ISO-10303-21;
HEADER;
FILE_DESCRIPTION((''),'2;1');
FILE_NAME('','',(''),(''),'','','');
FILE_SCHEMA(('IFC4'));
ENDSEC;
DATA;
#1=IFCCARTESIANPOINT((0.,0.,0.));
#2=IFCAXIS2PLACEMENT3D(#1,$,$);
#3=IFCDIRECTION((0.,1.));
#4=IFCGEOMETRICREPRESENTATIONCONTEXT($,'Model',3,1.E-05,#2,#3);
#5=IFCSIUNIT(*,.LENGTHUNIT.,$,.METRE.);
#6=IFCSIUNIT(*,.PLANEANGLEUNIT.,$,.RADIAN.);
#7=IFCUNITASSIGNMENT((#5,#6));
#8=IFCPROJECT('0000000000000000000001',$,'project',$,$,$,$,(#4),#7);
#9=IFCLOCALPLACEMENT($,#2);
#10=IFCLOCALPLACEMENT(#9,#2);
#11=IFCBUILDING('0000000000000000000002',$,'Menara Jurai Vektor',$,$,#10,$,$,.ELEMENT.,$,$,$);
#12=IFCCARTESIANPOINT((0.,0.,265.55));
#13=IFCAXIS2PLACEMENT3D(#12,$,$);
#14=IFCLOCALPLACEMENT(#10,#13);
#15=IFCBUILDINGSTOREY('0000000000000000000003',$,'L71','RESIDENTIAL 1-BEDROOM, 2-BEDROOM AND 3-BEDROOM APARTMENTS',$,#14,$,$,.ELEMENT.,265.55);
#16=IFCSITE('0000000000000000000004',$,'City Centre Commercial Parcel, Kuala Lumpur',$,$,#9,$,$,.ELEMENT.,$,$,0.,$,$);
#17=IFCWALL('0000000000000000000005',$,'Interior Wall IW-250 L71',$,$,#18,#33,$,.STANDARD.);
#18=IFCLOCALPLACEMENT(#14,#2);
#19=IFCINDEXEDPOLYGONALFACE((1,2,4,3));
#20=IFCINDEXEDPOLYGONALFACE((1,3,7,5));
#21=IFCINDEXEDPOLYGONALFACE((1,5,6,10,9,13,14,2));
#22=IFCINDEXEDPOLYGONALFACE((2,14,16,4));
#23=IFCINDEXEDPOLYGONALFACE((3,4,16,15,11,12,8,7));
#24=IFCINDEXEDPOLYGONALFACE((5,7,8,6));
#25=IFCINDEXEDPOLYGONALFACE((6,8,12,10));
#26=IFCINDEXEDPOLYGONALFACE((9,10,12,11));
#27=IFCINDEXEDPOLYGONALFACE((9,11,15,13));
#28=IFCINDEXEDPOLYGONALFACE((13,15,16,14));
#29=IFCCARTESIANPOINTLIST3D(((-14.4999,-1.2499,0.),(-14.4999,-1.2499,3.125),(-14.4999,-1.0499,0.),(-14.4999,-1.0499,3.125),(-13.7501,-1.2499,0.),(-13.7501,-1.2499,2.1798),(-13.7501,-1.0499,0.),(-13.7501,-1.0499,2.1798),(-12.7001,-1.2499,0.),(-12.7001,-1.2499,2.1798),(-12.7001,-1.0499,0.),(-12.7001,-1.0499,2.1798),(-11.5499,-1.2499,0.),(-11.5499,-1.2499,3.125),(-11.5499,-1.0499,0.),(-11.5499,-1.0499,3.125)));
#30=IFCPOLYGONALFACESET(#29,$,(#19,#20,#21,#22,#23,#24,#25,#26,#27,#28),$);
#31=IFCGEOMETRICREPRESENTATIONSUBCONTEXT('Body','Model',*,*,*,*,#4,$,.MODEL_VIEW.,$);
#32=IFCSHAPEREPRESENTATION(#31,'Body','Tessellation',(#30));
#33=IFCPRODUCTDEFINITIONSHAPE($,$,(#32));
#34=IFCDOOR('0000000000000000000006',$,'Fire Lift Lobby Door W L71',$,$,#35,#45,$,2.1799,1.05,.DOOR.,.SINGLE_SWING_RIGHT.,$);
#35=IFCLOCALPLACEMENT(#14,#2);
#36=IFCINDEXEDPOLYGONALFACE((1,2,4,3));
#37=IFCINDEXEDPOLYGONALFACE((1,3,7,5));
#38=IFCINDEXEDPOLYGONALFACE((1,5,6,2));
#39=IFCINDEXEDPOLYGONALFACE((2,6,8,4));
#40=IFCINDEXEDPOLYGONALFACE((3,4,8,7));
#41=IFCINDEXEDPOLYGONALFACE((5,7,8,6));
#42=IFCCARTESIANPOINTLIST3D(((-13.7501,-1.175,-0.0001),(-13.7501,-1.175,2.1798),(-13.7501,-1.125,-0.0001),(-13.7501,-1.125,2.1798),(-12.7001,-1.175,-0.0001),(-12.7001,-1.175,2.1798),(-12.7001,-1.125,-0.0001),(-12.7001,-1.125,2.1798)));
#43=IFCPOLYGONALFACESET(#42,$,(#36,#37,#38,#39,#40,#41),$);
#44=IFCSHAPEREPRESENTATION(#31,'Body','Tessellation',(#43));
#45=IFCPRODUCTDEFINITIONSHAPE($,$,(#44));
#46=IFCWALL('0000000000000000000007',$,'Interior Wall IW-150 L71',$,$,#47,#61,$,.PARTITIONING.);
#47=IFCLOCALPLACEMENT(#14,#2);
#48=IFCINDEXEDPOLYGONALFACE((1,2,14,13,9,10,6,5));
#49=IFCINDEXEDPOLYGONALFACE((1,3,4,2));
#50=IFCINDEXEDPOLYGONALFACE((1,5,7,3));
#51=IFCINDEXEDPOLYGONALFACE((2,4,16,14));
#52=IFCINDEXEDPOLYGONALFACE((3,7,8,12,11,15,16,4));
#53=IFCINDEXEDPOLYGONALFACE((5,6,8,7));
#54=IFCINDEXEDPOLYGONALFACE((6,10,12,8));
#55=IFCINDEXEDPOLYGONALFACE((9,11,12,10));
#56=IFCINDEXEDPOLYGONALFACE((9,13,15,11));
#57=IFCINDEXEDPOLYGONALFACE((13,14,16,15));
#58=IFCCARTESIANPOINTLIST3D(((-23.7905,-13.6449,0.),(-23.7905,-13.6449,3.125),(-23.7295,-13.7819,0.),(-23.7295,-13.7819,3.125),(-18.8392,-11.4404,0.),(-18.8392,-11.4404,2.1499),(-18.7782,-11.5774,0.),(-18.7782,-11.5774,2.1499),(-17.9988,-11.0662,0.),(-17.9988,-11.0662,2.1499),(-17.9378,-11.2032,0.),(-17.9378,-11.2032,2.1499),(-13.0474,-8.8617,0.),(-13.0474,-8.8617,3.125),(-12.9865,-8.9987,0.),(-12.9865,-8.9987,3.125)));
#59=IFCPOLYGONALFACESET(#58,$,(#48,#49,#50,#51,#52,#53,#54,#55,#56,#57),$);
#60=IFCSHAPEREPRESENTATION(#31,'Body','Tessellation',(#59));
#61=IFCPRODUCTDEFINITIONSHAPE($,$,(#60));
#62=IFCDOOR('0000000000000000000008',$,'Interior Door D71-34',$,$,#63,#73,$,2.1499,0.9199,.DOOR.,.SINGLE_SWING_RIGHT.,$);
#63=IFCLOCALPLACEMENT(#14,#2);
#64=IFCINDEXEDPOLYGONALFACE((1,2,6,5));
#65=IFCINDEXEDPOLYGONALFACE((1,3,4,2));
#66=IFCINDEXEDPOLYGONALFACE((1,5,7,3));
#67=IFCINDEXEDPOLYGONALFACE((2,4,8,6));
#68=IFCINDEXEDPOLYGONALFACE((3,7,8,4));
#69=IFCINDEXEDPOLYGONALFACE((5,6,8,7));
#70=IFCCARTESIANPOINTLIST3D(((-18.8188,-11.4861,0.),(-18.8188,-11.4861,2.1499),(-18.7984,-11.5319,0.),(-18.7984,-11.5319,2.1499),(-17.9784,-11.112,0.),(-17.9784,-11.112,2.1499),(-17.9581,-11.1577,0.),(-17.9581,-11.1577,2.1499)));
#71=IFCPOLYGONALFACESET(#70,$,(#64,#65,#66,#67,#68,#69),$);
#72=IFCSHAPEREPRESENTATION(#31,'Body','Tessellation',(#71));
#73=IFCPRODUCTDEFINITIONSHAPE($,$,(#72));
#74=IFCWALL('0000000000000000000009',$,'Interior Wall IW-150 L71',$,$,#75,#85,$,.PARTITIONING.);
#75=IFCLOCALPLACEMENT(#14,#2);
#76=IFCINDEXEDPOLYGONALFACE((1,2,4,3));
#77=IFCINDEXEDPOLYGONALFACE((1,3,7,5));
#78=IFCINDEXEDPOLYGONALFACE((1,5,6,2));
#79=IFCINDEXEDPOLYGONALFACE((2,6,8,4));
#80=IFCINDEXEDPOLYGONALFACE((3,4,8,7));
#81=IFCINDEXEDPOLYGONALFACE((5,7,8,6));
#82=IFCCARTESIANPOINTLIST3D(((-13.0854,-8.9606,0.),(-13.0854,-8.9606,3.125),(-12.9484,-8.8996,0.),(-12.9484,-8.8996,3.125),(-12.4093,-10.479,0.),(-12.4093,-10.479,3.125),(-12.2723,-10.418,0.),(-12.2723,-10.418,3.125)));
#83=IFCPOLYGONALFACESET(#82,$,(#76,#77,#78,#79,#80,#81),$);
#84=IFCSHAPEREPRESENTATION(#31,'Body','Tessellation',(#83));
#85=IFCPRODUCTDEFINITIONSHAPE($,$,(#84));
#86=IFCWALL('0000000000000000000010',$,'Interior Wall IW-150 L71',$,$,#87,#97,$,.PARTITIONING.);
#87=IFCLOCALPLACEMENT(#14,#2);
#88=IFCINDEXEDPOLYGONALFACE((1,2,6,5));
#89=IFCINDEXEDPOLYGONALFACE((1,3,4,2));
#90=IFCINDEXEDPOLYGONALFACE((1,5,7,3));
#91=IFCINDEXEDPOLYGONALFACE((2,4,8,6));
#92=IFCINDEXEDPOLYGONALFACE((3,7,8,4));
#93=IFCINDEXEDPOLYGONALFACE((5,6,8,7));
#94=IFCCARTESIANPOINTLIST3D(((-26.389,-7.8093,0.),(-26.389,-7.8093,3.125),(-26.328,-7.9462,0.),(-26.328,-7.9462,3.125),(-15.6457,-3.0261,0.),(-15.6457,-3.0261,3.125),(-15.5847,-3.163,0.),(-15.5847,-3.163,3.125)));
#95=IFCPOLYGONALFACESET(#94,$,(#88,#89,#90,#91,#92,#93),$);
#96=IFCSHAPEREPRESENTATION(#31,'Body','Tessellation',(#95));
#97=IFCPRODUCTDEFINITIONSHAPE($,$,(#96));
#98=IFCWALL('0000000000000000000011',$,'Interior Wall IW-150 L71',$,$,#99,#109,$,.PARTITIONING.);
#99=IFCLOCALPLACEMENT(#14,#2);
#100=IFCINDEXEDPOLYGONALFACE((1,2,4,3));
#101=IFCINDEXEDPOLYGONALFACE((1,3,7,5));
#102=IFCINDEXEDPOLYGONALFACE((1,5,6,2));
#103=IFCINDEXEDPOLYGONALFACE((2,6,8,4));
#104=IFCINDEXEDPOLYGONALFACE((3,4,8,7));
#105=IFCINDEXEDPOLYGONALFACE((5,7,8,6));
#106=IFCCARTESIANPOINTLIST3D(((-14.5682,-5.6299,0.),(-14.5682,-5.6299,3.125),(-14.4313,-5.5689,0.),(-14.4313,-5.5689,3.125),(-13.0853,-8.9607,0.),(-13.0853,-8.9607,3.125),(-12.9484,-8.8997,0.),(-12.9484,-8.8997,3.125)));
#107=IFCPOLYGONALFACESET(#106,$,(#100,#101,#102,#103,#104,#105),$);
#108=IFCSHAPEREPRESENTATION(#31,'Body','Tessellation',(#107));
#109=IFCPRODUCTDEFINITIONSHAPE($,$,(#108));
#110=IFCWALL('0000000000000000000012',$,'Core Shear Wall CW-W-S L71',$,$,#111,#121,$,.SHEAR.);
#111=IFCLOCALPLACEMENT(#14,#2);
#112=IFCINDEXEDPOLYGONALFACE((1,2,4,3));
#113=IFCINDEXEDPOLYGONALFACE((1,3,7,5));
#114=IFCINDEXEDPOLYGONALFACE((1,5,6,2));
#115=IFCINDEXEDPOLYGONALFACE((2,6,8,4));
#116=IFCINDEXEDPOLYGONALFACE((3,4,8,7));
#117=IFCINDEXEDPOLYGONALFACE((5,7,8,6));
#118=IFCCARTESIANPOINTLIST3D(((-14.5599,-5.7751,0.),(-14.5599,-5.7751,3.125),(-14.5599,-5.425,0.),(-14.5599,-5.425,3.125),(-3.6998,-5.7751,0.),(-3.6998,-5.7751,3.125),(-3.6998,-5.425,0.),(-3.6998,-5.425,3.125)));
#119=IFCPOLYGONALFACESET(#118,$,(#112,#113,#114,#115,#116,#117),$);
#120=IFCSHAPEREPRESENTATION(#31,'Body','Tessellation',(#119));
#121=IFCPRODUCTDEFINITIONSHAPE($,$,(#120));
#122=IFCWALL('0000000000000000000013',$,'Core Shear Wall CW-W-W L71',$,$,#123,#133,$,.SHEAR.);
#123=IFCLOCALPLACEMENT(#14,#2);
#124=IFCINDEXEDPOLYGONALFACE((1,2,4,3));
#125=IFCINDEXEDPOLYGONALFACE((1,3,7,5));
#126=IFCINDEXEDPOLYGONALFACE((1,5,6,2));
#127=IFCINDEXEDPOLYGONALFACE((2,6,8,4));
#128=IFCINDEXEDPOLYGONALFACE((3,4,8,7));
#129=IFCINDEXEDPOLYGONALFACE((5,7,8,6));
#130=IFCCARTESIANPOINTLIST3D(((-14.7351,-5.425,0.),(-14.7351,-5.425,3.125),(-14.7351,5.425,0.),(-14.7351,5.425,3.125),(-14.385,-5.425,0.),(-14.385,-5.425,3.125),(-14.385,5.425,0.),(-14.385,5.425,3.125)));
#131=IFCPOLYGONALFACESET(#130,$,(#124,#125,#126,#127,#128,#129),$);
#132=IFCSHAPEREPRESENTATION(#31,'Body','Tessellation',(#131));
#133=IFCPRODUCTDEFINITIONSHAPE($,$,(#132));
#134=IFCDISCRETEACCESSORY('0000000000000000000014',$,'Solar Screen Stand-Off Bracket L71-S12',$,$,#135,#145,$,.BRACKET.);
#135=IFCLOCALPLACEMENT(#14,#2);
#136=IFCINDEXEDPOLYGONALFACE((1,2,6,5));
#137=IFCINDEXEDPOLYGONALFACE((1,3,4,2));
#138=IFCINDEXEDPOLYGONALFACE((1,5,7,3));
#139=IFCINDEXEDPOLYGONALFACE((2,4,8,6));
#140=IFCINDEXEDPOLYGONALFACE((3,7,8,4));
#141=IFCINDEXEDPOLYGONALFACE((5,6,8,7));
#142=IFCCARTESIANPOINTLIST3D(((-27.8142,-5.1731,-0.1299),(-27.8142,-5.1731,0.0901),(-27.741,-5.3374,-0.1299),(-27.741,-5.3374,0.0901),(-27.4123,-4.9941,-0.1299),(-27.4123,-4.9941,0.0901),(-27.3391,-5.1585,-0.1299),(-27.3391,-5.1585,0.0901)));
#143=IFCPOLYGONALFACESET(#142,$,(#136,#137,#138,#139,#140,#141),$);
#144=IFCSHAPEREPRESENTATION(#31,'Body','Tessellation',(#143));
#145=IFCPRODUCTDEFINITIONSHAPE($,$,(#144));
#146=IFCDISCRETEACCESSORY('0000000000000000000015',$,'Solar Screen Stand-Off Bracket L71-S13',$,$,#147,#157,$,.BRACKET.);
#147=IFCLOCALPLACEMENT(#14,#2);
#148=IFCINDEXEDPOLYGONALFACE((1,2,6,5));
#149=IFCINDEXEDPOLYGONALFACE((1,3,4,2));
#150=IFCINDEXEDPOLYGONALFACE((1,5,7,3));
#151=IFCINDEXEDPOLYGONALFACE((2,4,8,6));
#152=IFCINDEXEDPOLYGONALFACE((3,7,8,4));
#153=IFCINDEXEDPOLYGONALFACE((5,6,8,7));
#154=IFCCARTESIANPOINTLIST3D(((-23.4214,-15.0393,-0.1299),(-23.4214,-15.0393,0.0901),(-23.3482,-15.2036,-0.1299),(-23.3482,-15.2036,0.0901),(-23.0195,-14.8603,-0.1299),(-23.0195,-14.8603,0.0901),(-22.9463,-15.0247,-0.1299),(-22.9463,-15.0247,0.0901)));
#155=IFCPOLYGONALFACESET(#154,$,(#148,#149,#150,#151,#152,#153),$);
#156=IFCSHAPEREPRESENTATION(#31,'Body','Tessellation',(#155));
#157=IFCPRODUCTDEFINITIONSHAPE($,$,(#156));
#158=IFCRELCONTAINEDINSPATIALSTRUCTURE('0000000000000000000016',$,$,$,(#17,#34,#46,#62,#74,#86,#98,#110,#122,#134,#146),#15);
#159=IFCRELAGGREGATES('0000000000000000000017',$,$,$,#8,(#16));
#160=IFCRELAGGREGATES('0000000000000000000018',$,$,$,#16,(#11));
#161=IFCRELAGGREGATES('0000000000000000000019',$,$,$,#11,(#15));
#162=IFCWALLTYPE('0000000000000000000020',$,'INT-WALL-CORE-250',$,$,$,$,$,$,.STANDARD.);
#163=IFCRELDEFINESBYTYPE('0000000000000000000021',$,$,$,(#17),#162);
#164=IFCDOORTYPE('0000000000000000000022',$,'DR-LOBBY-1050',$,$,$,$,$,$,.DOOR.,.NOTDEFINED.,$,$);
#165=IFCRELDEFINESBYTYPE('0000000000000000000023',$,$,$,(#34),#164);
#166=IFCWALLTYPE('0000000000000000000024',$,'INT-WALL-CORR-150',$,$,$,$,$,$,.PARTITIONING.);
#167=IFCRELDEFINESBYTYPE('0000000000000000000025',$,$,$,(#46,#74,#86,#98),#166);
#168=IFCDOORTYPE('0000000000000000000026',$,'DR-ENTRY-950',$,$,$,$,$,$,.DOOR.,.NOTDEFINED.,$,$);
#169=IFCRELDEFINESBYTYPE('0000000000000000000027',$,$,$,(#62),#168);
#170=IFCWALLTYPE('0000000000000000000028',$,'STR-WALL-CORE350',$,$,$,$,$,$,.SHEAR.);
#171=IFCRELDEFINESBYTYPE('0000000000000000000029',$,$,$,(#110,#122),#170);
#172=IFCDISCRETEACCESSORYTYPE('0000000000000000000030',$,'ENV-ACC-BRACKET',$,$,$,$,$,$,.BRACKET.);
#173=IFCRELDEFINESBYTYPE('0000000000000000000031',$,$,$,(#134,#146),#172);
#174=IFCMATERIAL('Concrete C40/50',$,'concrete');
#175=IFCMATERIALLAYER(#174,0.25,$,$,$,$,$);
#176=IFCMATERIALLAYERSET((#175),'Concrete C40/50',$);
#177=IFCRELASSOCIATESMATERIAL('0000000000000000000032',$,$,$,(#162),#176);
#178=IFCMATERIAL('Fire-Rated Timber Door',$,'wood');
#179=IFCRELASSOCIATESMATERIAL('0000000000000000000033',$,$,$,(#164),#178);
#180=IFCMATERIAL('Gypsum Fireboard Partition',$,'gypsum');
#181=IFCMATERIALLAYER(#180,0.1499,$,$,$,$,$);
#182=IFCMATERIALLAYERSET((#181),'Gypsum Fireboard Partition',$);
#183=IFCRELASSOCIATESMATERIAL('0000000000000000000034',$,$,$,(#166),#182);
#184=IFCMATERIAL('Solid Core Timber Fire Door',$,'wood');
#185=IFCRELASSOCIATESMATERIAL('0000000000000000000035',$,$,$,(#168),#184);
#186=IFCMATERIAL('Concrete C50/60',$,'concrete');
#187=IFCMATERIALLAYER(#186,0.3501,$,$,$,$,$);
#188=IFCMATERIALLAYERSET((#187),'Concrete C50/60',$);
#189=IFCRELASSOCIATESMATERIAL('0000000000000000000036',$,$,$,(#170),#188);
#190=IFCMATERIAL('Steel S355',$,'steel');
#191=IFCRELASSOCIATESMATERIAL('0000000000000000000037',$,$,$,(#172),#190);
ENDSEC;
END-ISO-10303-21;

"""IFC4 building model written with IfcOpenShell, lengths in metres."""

from ifc_helpers import new_model, si_unit, direction, frame, frame_2d, origin, origin_2d, place, context, subcontext, project, spatial, rectangle, extrude, material, layer, layer_set, type_object, element, fill, save


model = new_model("IFC4")

# Units and contexts
model_context = context("Model", 3, precision=1e-05, world=origin(), true_north=direction((0.0, 1.0)))
body_context = subcontext(model_context, "Body", "Model", "MODEL_VIEW")
ifc_project = project(units=[si_unit("LENGTHUNIT", "METRE"), si_unit("PLANEANGLEUNIT", "RADIAN")], contexts=[model_context])

# Site, building, storey
site_placement = place(None, origin())
site = spatial("IfcSite", under=ifc_project, at=site_placement, Name="City Centre Commercial Parcel, Kuala Lumpur", CompositionType="ELEMENT", RefElevation=0.0)
building_placement = place(site_placement, origin())
building = spatial("IfcBuilding", under=site, at=building_placement, Name="Menara Jurai Vektor", CompositionType="ELEMENT")
storey_placement = place(building_placement, frame((0.0, 0.0, 265.55)))
storey = spatial("IfcBuildingStorey", under=building, at=storey_placement, Name="L71", Description="RESIDENTIAL 1-BEDROOM, 2-BEDROOM AND 3-BEDROOM APARTMENTS", CompositionType="ELEMENT", Elevation=265.55)

# Shared definitions
ifc_material_1 = material(Name="Concrete C50/60", Category="concrete")

# Shared definitions
ifc_material_2 = material(Name="Steel S355", Category="steel")

# Walls, openings, doors
ifc_material_3 = material(Name="Concrete C40/50", Category="concrete")
ifc_layer_1 = layer(ifc_material_3, 0.25)
ifc_layer_set_1 = layer_set([ifc_layer_1], Name="Concrete C40/50")
wall_type_1 = type_object("IfcWallType", Name="INT-WALL-CORE-250", PredefinedType="STANDARD", material=ifc_layer_set_1)
wall_1_placement = place(storey_placement, frame((-14.5, -1.1499, 0.0), z_axis=(0.0, 0.0, 1.0), x_axis=(1.0, 0.0, 0.0)))
wall_1 = element("IfcWall", 1, at=wall_1_placement, inside=storey, type_object=wall_type_1, Name="Interior Wall IW-250 L71", PredefinedType="STANDARD", context=body_context, shape_type="SweptSolid", body=[
    extrude(rectangle(XDim=2.95, YDim=0.2, at=frame_2d((1.4751, 0.0))), origin(), (0.0, 0.0, 1.0), 3.125),
])
opening_1_placement = place(wall_1_placement, frame((0.75, 0.0, 0.0)))
opening_1 = element("IfcOpeningElement", 2, at=opening_1_placement, cuts=wall_1, PredefinedType="OPENING", context=body_context, shape_type="SweptSolid", body=[
    extrude(rectangle(XDim=1.05, YDim=2.1799, at=frame_2d((0.5249, 1.0898))), frame((0.0, 0.1099, 0.0), z_axis=(0.0, -1.0, 0.0), x_axis=(1.0, 0.0, 0.0)), (0.0, 0.0, 1.0), 0.22),
])
ifc_material_4 = material(Name="Fire-Rated Timber Door", Category="wood")
door_type_1 = type_object("IfcDoorType", Name="DR-LOBBY-1050", OperationType="NOTDEFINED", PredefinedType="DOOR", material=ifc_material_4)
door_1_placement = place(opening_1_placement, origin())
door_1 = element("IfcDoor", 3, at=door_1_placement, inside=storey, type_object=door_type_1, Name="Fire Lift Lobby Door W L71", OperationType="SINGLE_SWING_RIGHT", OverallHeight=2.1799, OverallWidth=1.05, PredefinedType="DOOR", context=body_context, shape_type="SweptSolid", body=[
    extrude(rectangle(XDim=1.05, YDim=2.1799, at=frame_2d((0.5249, 1.0898))), frame((0.0, 0.0249, 0.0), z_axis=(0.0, -1.0, 0.0), x_axis=(1.0, 0.0, 0.0)), (0.0, 0.0, 1.0), 0.05),
])
fill(opening_1, door_1)
ifc_material_5 = material(Name="Gypsum Fireboard Partition", Category="gypsum")
ifc_layer_2 = layer(ifc_material_5, 0.1499)
ifc_layer_set_2 = layer_set([ifc_layer_2], Name="Gypsum Fireboard Partition")
wall_type_2 = type_object("IfcWallType", Name="INT-WALL-CORR-150", PredefinedType="PARTITIONING", material=ifc_layer_set_2)
wall_2_placement = place(storey_placement, frame((-23.76, -13.7134, 0.0), z_axis=(0.0, 0.0, 1.0), x_axis=(0.913544, 0.406739, 0.0)))
wall_2 = element("IfcWall", 4, at=wall_2_placement, inside=storey, type_object=wall_type_2, Name="Interior Wall IW-150 L71", PredefinedType="PARTITIONING", context=body_context, shape_type="SweptSolid", body=[
    extrude(rectangle(XDim=11.7598, YDim=0.1499, at=frame_2d((5.8799, 0.0))), origin(), (0.0, 0.0, 1.0), 3.125),
])
opening_2_placement = place(wall_2_placement, frame((5.4199, 0.0, 0.0)))
opening_2 = element("IfcOpeningElement", 5, at=opening_2_placement, cuts=wall_2, PredefinedType="OPENING", context=body_context, shape_type="SweptSolid", body=[
    extrude(rectangle(XDim=0.9199, YDim=2.1499, at=frame_2d((0.46, 1.075))), frame((0.0, 0.085, 0.0), z_axis=(0.0, -1.0, 0.0), x_axis=(1.0, 0.0, 0.0)), (0.0, 0.0, 1.0), 0.1699),
])
ifc_material_6 = material(Name="Solid Core Timber Fire Door", Category="wood")
door_type_2 = type_object("IfcDoorType", Name="DR-ENTRY-950", OperationType="NOTDEFINED", PredefinedType="DOOR", material=ifc_material_6)
door_2_placement = place(opening_2_placement, origin())
door_2 = element("IfcDoor", 6, at=door_2_placement, inside=storey, type_object=door_type_2, Name="Interior Door D71-34", OperationType="SINGLE_SWING_RIGHT", OverallHeight=2.1499, OverallWidth=0.9199, PredefinedType="DOOR", context=body_context, shape_type="SweptSolid", body=[
    extrude(rectangle(XDim=0.9199, YDim=2.1499, at=frame_2d((0.46, 1.075))), frame((0.0, 0.0249, 0.0), z_axis=(0.0, -1.0, 0.0), x_axis=(1.0, 0.0, 0.0)), (0.0, 0.0, 1.0), 0.05),
])
fill(opening_2, door_2)

# Walls
wall_3_placement = place(storey_placement, frame((-12.3408, -10.4485, 0.0), z_axis=(0.0, 0.0, 1.0), x_axis=(-0.406752, 0.913539, 0.0)))
element("IfcWall", 7, at=wall_3_placement, inside=storey, type_object=wall_type_2, Name="Interior Wall IW-150 L71", PredefinedType="PARTITIONING", context=body_context, shape_type="SweptSolid", body=[
    extrude(rectangle(XDim=1.6621, YDim=0.1499, at=frame_2d((0.8311, 0.0))), origin(), (0.0, 0.0, 1.0), 3.125),
])
wall_4_placement = place(storey_placement, frame((-26.3584, -7.8777, 0.0), z_axis=(0.0, 0.0, 1.0), x_axis=(0.913548, 0.406732, 0.0)))
element("IfcWall", 8, at=wall_4_placement, inside=storey, type_object=wall_type_2, Name="Interior Wall IW-150 L71", PredefinedType="PARTITIONING", context=body_context, shape_type="SweptSolid", body=[
    extrude(rectangle(XDim=11.76, YDim=0.1499, at=frame_2d((5.8799, 0.0))), origin(), (0.0, 0.0, 1.0), 3.125),
])
wall_5_placement = place(storey_placement, frame((-13.0168, -8.9302, 0.0), z_axis=(0.0, 0.0, 1.0), x_axis=(-0.406722, 0.913552, 0.0)))
element("IfcWall", 9, at=wall_5_placement, inside=storey, type_object=wall_type_2, Name="Interior Wall IW-150 L71", PredefinedType="PARTITIONING", context=body_context, shape_type="SweptSolid", body=[
    extrude(rectangle(XDim=3.646, YDim=0.1499, at=frame_2d((1.823, 0.0))), origin(), (0.0, 0.0, 1.0), 3.125),
])

# Walls
ifc_layer_3 = layer(ifc_material_1, 0.3501)
ifc_layer_set_3 = layer_set([ifc_layer_3], Name="Concrete C50/60")
wall_type_3 = type_object("IfcWallType", Name="STR-WALL-CORE350", PredefinedType="SHEAR", material=ifc_layer_set_3)
wall_6_placement = place(storey_placement, frame((-14.5601, -5.6001, 0.0), z_axis=(0.0, 0.0, 1.0), x_axis=(1.0, 0.0, 0.0)))
element("IfcWall", 10, at=wall_6_placement, inside=storey, type_object=wall_type_3, Name="Core Shear Wall CW-W-S L71", PredefinedType="SHEAR", context=body_context, shape_type="SweptSolid", body=[
    extrude(rectangle(XDim=10.8601, YDim=0.3501, at=frame_2d((5.4302, 0.0))), origin(), (0.0, 0.0, 1.0), 3.125),
])
wall_7_placement = place(storey_placement, frame((-14.5601, -5.425, 0.0), z_axis=(0.0, 0.0, 1.0), x_axis=(0.0, 1.0, 0.0)))
element("IfcWall", 11, at=wall_7_placement, inside=storey, type_object=wall_type_3, Name="Core Shear Wall CW-W-W L71", PredefinedType="SHEAR", context=body_context, shape_type="SweptSolid", body=[
    extrude(rectangle(XDim=10.8501, YDim=0.3501, at=frame_2d((5.425, 0.0))), origin(), (0.0, 0.0, 1.0), 3.125),
])

# Discrete accessories
discrete_accessory_type = type_object("IfcDiscreteAccessoryType", Name="ENV-ACC-BRACKET", PredefinedType="BRACKET", material=ifc_material_2)
for number, where, z_axis, x_axis, name in (
    (12, (-27.5767, -5.1658, -0.1299), (0.0, 0.0, 1.0), (0.406737, -0.913545, 0.0), "Solar Screen Stand-Off Bracket L71-S12"),
    (13, (-23.1838, -15.032, -0.1299), (0.0, 0.0, 1.0), (0.406737, -0.913545, 0.0), "Solar Screen Stand-Off Bracket L71-S13"),
):
    element("IfcDiscreteAccessory", number, at=place(storey_placement, frame(where, z_axis=z_axis, x_axis=x_axis)), inside=storey, type_object=discrete_accessory_type, Name=name, PredefinedType="BRACKET", context=body_context, shape_type="SweptSolid", body=[
        extrude(rectangle(XDim=0.1799, YDim=0.4399, at=origin_2d()), origin(), (0.0, 0.0, 1.0), 0.22),
    ])

save(model, "model.ifc")
